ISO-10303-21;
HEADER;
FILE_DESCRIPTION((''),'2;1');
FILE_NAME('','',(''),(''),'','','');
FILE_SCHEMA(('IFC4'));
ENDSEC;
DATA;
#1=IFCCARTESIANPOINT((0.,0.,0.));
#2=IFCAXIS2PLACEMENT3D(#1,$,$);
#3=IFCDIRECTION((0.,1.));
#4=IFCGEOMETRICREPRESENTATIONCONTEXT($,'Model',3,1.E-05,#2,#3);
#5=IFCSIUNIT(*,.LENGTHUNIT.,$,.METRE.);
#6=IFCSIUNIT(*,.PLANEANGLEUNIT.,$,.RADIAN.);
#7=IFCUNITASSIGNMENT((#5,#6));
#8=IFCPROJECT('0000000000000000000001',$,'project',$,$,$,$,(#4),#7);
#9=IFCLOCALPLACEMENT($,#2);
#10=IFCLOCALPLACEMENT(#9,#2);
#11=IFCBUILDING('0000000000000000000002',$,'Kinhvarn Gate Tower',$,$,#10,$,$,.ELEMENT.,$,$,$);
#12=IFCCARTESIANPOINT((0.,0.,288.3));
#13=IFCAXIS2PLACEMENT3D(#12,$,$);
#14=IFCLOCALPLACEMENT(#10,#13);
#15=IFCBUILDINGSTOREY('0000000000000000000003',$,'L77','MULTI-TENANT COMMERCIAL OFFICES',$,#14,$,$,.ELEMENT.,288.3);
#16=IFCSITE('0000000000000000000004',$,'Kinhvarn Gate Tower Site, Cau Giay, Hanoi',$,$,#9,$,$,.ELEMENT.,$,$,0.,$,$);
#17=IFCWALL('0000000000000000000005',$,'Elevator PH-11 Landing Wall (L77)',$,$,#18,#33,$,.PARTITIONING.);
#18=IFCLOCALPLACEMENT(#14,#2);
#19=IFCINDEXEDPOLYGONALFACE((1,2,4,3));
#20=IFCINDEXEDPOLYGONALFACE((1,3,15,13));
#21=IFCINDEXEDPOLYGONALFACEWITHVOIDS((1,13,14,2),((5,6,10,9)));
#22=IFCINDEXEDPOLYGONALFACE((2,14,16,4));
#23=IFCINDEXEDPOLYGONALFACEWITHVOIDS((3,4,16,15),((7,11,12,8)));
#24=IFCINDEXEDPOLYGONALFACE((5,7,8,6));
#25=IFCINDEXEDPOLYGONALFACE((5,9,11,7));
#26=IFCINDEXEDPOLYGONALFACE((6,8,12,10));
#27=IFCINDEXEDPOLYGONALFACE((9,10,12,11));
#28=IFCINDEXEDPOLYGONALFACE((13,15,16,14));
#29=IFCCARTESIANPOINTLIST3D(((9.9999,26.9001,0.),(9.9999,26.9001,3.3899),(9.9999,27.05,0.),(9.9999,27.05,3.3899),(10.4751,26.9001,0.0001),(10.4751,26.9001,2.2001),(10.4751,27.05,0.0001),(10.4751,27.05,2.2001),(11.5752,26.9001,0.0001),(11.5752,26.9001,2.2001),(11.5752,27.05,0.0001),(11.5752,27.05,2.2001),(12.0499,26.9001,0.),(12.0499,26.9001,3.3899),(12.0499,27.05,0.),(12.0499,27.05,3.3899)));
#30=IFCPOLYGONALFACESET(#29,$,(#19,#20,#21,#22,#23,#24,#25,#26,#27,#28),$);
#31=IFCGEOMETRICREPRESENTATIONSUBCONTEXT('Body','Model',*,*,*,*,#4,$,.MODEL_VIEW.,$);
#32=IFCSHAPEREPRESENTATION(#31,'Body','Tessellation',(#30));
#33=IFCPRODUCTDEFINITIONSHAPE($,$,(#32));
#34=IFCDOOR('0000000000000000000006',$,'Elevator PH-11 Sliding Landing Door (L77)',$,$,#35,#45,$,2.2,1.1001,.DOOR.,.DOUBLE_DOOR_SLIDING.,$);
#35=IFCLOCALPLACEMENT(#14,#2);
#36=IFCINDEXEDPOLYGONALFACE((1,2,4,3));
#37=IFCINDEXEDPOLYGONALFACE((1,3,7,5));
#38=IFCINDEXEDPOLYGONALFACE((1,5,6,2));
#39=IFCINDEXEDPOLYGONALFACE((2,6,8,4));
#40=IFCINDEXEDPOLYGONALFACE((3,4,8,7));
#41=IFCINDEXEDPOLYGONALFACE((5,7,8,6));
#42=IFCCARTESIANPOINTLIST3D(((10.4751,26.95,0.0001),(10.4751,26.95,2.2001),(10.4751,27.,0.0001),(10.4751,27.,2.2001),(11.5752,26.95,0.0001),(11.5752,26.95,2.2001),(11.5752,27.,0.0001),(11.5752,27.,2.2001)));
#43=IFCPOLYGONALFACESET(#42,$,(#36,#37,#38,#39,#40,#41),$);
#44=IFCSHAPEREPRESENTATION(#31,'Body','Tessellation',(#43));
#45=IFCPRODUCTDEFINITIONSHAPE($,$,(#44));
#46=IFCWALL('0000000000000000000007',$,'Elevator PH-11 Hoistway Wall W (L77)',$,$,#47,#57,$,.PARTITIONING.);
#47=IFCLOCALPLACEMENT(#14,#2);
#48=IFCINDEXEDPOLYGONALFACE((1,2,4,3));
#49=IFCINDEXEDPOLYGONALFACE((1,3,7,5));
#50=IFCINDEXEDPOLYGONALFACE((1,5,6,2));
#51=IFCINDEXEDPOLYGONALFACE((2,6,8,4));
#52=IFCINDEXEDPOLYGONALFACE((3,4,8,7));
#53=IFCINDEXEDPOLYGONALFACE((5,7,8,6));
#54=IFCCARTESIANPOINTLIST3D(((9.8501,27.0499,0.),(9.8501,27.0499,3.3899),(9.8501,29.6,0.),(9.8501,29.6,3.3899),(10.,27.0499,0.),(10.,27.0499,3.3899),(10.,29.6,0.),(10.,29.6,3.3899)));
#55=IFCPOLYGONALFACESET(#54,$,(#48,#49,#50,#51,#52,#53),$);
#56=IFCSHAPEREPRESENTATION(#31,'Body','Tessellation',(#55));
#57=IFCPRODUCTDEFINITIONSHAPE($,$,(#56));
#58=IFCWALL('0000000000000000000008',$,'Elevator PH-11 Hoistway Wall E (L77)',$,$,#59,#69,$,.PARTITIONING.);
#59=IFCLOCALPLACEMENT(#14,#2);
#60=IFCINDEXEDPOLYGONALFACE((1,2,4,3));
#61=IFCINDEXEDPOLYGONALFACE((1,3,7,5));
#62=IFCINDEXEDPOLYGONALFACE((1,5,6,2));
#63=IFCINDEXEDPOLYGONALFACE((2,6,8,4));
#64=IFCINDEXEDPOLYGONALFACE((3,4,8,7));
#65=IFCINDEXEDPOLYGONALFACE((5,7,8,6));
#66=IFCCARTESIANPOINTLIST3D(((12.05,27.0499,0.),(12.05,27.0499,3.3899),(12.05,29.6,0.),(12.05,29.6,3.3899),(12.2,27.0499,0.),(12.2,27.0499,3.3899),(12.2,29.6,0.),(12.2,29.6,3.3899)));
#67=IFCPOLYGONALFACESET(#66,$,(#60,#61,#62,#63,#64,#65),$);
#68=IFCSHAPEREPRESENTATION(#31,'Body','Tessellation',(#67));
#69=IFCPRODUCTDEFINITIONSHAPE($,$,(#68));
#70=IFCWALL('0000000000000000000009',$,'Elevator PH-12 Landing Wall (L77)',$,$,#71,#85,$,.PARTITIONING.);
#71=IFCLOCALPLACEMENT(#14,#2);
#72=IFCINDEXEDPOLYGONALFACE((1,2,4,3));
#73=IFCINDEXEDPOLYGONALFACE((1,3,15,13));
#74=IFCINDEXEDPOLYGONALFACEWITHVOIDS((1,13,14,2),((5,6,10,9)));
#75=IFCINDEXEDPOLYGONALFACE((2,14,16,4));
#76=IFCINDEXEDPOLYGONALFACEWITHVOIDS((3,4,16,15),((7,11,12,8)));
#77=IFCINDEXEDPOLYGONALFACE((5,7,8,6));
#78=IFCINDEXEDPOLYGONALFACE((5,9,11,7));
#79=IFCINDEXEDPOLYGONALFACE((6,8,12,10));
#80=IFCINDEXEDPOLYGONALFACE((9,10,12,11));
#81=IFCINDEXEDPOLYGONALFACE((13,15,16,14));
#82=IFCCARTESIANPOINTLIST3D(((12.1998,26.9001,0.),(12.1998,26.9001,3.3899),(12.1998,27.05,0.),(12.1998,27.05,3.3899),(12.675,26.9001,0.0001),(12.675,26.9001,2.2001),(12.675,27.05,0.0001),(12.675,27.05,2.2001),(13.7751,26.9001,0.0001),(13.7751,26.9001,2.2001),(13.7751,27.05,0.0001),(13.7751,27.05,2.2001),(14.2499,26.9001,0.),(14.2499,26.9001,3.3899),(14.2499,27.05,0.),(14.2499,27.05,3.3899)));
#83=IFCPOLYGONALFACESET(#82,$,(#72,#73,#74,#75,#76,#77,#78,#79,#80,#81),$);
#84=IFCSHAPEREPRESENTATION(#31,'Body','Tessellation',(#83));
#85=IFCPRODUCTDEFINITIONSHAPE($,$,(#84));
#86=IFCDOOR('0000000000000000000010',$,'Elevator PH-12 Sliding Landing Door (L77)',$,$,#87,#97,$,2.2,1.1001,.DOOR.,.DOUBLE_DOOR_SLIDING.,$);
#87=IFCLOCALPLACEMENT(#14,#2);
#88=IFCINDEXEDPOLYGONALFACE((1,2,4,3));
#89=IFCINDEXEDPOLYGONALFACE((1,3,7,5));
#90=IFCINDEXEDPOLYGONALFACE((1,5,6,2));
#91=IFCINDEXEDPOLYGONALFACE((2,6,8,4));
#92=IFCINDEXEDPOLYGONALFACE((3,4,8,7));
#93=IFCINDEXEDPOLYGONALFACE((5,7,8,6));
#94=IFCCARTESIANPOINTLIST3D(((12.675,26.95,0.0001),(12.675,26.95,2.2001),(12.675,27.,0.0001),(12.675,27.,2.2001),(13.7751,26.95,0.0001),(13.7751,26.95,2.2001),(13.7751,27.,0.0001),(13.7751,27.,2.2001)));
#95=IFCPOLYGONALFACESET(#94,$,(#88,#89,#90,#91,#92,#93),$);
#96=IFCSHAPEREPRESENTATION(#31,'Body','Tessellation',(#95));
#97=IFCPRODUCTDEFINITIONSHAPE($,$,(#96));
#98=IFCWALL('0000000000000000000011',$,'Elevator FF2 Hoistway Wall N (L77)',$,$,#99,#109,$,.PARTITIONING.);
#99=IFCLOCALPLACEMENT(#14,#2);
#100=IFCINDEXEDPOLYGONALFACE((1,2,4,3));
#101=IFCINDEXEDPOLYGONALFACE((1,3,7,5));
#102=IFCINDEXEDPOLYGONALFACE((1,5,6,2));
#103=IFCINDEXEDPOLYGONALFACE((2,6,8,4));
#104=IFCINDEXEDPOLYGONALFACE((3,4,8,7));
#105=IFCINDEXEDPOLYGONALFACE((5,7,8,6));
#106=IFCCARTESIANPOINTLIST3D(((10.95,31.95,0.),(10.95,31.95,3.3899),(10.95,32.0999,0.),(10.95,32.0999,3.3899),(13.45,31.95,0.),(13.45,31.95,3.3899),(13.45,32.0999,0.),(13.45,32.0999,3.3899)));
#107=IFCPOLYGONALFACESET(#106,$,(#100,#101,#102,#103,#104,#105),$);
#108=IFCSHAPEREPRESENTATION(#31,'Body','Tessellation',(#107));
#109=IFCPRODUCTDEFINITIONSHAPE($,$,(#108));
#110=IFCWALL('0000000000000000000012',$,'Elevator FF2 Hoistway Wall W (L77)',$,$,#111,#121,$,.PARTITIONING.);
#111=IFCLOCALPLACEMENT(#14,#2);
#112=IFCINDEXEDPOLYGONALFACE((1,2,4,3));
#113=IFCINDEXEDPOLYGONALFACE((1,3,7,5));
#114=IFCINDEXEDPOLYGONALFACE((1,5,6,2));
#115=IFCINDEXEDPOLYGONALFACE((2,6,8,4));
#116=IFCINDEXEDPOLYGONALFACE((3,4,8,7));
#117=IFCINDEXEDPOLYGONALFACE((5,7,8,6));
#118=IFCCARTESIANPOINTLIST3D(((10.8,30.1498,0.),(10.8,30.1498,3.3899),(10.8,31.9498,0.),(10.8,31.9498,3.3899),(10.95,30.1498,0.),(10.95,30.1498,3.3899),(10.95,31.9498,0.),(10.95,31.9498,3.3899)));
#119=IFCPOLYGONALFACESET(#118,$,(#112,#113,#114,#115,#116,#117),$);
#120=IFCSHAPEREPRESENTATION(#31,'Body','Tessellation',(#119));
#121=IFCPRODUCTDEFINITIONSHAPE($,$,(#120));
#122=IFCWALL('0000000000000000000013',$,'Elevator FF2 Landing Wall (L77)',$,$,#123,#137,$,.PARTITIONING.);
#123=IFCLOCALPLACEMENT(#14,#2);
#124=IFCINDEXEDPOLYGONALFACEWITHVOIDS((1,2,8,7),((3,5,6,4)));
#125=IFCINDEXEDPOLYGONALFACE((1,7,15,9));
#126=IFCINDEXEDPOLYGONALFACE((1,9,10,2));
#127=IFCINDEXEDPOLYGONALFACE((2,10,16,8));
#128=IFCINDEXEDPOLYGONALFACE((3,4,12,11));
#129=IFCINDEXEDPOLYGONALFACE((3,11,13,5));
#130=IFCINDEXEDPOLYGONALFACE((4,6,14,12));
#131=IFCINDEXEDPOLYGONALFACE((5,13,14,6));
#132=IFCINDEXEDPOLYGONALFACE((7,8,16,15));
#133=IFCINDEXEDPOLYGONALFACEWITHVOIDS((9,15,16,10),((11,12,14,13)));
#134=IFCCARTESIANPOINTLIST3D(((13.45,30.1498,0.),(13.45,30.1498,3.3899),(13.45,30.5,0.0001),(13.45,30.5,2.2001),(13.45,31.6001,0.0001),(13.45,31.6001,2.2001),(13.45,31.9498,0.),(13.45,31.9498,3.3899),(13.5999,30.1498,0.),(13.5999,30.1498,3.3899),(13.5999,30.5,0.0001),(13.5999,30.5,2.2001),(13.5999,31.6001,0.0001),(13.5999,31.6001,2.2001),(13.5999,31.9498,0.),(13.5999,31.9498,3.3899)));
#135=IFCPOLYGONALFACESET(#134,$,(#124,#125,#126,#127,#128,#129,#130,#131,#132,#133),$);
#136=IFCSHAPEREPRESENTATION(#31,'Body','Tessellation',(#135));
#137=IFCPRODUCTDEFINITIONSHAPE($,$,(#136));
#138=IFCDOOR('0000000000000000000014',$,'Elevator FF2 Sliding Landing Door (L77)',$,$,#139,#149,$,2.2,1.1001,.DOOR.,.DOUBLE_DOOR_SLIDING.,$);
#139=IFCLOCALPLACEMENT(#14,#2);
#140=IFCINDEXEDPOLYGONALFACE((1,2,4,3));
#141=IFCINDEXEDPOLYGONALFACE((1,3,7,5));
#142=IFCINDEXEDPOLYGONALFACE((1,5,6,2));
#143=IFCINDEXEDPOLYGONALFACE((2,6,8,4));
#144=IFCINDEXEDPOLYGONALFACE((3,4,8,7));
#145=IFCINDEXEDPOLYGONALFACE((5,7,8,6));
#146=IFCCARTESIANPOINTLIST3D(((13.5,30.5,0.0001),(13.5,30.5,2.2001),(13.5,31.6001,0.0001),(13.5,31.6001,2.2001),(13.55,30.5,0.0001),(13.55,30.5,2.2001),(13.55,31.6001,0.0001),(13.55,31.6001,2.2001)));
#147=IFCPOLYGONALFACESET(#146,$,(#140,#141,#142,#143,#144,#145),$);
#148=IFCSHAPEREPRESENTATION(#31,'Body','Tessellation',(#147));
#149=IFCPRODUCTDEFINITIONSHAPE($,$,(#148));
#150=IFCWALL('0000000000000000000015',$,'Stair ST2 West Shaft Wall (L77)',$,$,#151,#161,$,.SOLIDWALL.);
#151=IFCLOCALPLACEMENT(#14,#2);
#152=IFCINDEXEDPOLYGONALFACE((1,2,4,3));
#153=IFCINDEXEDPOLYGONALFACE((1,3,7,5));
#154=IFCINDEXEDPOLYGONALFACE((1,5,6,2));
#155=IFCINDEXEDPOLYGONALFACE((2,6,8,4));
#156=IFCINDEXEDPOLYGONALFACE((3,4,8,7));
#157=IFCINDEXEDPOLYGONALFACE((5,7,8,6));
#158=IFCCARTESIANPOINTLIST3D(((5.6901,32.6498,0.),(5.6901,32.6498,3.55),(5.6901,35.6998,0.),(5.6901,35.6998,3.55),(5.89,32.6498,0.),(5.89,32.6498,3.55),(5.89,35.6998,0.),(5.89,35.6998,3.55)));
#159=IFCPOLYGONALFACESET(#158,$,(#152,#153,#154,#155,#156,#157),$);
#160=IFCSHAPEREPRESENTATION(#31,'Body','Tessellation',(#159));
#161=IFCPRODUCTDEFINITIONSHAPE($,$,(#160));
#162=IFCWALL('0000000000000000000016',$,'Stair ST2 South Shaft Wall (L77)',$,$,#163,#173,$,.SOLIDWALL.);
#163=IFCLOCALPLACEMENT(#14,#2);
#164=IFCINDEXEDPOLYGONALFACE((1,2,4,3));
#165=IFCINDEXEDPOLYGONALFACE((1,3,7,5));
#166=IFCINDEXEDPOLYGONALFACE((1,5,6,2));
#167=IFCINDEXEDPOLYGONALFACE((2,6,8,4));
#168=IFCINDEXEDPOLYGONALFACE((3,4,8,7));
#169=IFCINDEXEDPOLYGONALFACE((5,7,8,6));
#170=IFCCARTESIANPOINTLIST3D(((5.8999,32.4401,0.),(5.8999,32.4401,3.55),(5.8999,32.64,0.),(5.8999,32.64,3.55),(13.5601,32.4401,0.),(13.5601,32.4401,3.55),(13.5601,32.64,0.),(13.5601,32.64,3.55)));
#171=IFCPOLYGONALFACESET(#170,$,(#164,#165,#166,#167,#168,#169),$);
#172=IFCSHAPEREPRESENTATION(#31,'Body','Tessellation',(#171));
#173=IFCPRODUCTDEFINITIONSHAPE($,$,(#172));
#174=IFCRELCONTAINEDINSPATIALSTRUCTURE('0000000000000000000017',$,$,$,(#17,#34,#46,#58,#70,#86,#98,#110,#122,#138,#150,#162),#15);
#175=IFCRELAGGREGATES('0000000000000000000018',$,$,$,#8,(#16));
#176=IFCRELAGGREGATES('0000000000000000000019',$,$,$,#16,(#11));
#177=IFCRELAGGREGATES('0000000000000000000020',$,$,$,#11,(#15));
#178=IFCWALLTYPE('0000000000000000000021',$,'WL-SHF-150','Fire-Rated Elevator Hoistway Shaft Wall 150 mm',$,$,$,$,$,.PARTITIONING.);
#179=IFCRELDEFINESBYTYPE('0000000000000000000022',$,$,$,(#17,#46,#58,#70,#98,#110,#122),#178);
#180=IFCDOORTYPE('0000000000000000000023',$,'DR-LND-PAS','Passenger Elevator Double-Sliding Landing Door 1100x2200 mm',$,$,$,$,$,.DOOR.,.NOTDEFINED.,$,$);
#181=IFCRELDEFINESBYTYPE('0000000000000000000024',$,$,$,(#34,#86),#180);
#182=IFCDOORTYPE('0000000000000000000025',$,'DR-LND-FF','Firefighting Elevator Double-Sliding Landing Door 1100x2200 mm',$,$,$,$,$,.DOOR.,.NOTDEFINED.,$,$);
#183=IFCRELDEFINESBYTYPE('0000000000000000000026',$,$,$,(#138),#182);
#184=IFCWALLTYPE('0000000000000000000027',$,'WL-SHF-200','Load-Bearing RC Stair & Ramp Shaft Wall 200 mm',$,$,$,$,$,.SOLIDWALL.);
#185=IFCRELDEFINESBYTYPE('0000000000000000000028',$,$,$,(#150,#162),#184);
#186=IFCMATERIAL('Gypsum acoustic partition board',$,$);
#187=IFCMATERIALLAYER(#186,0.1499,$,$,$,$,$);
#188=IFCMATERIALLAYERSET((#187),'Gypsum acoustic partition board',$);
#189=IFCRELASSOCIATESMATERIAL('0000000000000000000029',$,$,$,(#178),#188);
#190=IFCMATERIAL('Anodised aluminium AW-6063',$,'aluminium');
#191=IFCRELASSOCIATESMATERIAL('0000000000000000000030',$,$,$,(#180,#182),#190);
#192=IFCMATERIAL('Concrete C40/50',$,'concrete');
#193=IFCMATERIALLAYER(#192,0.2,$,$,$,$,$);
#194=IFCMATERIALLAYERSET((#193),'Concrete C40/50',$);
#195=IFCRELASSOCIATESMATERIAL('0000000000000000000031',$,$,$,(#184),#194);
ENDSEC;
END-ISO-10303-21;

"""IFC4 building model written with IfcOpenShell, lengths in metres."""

from ifc_helpers import new_model, si_unit, direction, frame, frame_2d, origin, place, context, subcontext, project, spatial, rectangle, extrude, material, layer, layer_set, type_object, element, fill, save


model = new_model("IFC4")

# Units and contexts
model_context = context("Model", 3, precision=1e-05, world=origin(), true_north=direction((0.0, 1.0)))
body_context = subcontext(model_context, "Body", "Model", "MODEL_VIEW")
ifc_project = project(units=[si_unit("LENGTHUNIT", "METRE"), si_unit("PLANEANGLEUNIT", "RADIAN")], contexts=[model_context])

# Site, building, storey
site_placement = place(None, origin())
site = spatial("IfcSite", under=ifc_project, at=site_placement, Name="Kinhvarn Gate Tower Site, Cau Giay, Hanoi", CompositionType="ELEMENT", RefElevation=0.0)
building_placement = place(site_placement, origin())
building = spatial("IfcBuilding", under=site, at=building_placement, Name="Kinhvarn Gate Tower", CompositionType="ELEMENT")
storey_placement = place(building_placement, frame((0.0, 0.0, 288.3)))
storey = spatial("IfcBuildingStorey", under=building, at=storey_placement, Name="L77", Description="MULTI-TENANT COMMERCIAL OFFICES", CompositionType="ELEMENT", Elevation=288.3)

# Shared definitions
ifc_material_1 = material(Name="Gypsum acoustic partition board")

# Shared definitions
ifc_material_2 = material(Name="Anodised aluminium AW-6063", Category="aluminium")

# Wall, opening, door
ifc_layer_1 = layer(ifc_material_1, 0.1499)
ifc_layer_set_1 = layer_set([ifc_layer_1], Name="Gypsum acoustic partition board")
wall_type_1 = type_object("IfcWallType", Name="WL-SHF-150", Description="Fire-Rated Elevator Hoistway Shaft Wall 150 mm", PredefinedType="PARTITIONING", material=ifc_layer_set_1)
door_type_1 = type_object("IfcDoorType", Name="DR-LND-PAS", Description="Passenger Elevator Double-Sliding Landing Door 1100x2200 mm", OperationType="NOTDEFINED", PredefinedType="DOOR", material=ifc_material_2)
wall_1_placement = place(storey_placement, frame((10.0, 26.9751, 0.0), z_axis=(0.0, 0.0, 1.0), x_axis=(1.0, 0.0, 0.0)))
wall_1 = element("IfcWall", 1, at=wall_1_placement, inside=storey, type_object=wall_type_1, Name="Elevator PH-11 Landing Wall (L77)", PredefinedType="PARTITIONING", context=body_context, shape_type="SweptSolid", body=[
    extrude(rectangle(XDim=2.05, YDim=0.1499, at=frame_2d((1.0249, 0.0))), origin(), (0.0, 0.0, 1.0), 3.3899),
])
opening_1_placement = place(wall_1_placement, frame((0.4751, 0.0, 0.0)))
opening_1 = element("IfcOpeningElement", 2, at=opening_1_placement, cuts=wall_1, PredefinedType="OPENING", context=body_context, shape_type="SweptSolid", body=[
    extrude(rectangle(XDim=1.1001, YDim=2.2, at=frame_2d((0.55, 1.1001))), frame((0.0, 0.085, 0.0), z_axis=(0.0, -1.0, 0.0), x_axis=(1.0, 0.0, 0.0)), (0.0, 0.0, 1.0), 0.1699),
])
door_1_placement = place(opening_1_placement, origin())
door_1 = element("IfcDoor", 3, at=door_1_placement, inside=storey, type_object=door_type_1, Name="Elevator PH-11 Sliding Landing Door (L77)", OperationType="DOUBLE_DOOR_SLIDING", OverallHeight=2.2, OverallWidth=1.1001, PredefinedType="DOOR", context=body_context, shape_type="SweptSolid", body=[
    extrude(rectangle(XDim=1.1001, YDim=2.2, at=frame_2d((0.55, 1.1001))), frame((0.0, 0.0249, 0.0), z_axis=(0.0, -1.0, 0.0), x_axis=(1.0, 0.0, 0.0)), (0.0, 0.0, 1.0), 0.05),
])
fill(opening_1, door_1)

# Walls
for number, where, z_axis, x_axis, name in (
    (4, (9.925, 27.05, 0.0), (0.0, 0.0, 1.0), (0.0, 1.0, 0.0), "Elevator PH-11 Hoistway Wall W (L77)"),
    (5, (12.125, 27.05, 0.0), (0.0, 0.0, 1.0), (0.0, 1.0, 0.0), "Elevator PH-11 Hoistway Wall E (L77)"),
):
    element("IfcWall", number, at=place(storey_placement, frame(where, z_axis=z_axis, x_axis=x_axis)), inside=storey, type_object=wall_type_1, Name=name, PredefinedType="PARTITIONING", context=body_context, shape_type="SweptSolid", body=[
        extrude(rectangle(XDim=2.55, YDim=0.1499, at=frame_2d((1.2749, 0.0))), origin(), (0.0, 0.0, 1.0), 3.3899),
    ])

# Wall, opening, door
wall_2_placement = place(storey_placement, frame((12.2, 26.9751, 0.0), z_axis=(0.0, 0.0, 1.0), x_axis=(1.0, 0.0, 0.0)))
wall_2 = element("IfcWall", 6, at=wall_2_placement, inside=storey, type_object=wall_type_1, Name="Elevator PH-12 Landing Wall (L77)", PredefinedType="PARTITIONING", context=body_context, shape_type="SweptSolid", body=[
    extrude(rectangle(XDim=2.05, YDim=0.1499, at=frame_2d((1.0249, 0.0))), origin(), (0.0, 0.0, 1.0), 3.3899),
])
opening_2_placement = place(wall_2_placement, frame((0.4751, 0.0, 0.0)))
opening_2 = element("IfcOpeningElement", 7, at=opening_2_placement, cuts=wall_2, PredefinedType="OPENING", context=body_context, shape_type="SweptSolid", body=[
    extrude(rectangle(XDim=1.1001, YDim=2.2, at=frame_2d((0.55, 1.1001))), frame((0.0, 0.085, 0.0), z_axis=(0.0, -1.0, 0.0), x_axis=(1.0, 0.0, 0.0)), (0.0, 0.0, 1.0), 0.1699),
])
door_2_placement = place(opening_2_placement, origin())
door_2 = element("IfcDoor", 8, at=door_2_placement, inside=storey, type_object=door_type_1, Name="Elevator PH-12 Sliding Landing Door (L77)", OperationType="DOUBLE_DOOR_SLIDING", OverallHeight=2.2, OverallWidth=1.1001, PredefinedType="DOOR", context=body_context, shape_type="SweptSolid", body=[
    extrude(rectangle(XDim=1.1001, YDim=2.2, at=frame_2d((0.55, 1.1001))), frame((0.0, 0.0249, 0.0), z_axis=(0.0, -1.0, 0.0), x_axis=(1.0, 0.0, 0.0)), (0.0, 0.0, 1.0), 0.05),
])
fill(opening_2, door_2)

# Walls
wall_3_placement = place(storey_placement, frame((10.95, 32.0249, 0.0), z_axis=(0.0, 0.0, 1.0), x_axis=(1.0, 0.0, 0.0)))
element("IfcWall", 9, at=wall_3_placement, inside=storey, type_object=wall_type_1, Name="Elevator FF2 Hoistway Wall N (L77)", PredefinedType="PARTITIONING", context=body_context, shape_type="SweptSolid", body=[
    extrude(rectangle(XDim=2.5, YDim=0.1499, at=frame_2d((1.25, 0.0))), origin(), (0.0, 0.0, 1.0), 3.3899),
])
wall_4_placement = place(storey_placement, frame((10.875, 30.1499, 0.0), z_axis=(0.0, 0.0, 1.0), x_axis=(0.0, 1.0, 0.0)))
element("IfcWall", 10, at=wall_4_placement, inside=storey, type_object=wall_type_1, Name="Elevator FF2 Hoistway Wall W (L77)", PredefinedType="PARTITIONING", context=body_context, shape_type="SweptSolid", body=[
    extrude(rectangle(XDim=1.8, YDim=0.1499, at=frame_2d((0.8999, 0.0))), origin(), (0.0, 0.0, 1.0), 3.3899),
])

# Wall, opening, door
wall_5_placement = place(storey_placement, frame((13.5249, 30.1499, 0.0), z_axis=(0.0, 0.0, 1.0), x_axis=(0.0, 1.0, 0.0)))
wall_5 = element("IfcWall", 11, at=wall_5_placement, inside=storey, type_object=wall_type_1, Name="Elevator FF2 Landing Wall (L77)", PredefinedType="PARTITIONING", context=body_context, shape_type="SweptSolid", body=[
    extrude(rectangle(XDim=1.8, YDim=0.1499, at=frame_2d((0.8999, 0.0))), origin(), (0.0, 0.0, 1.0), 3.3899),
])
opening_3_placement = place(wall_5_placement, frame((0.3501, 0.0, 0.0)))
opening_3 = element("IfcOpeningElement", 12, at=opening_3_placement, cuts=wall_5, PredefinedType="OPENING", context=body_context, shape_type="SweptSolid", body=[
    extrude(rectangle(XDim=1.1001, YDim=2.2, at=frame_2d((0.55, 1.1001))), frame((0.0, 0.085, 0.0), z_axis=(0.0, -1.0, 0.0), x_axis=(1.0, 0.0, 0.0)), (0.0, 0.0, 1.0), 0.1699),
])
door_type_2 = type_object("IfcDoorType", Name="DR-LND-FF", Description="Firefighting Elevator Double-Sliding Landing Door 1100x2200 mm", OperationType="NOTDEFINED", PredefinedType="DOOR", material=ifc_material_2)
door_3_placement = place(opening_3_placement, origin())
door_3 = element("IfcDoor", 13, at=door_3_placement, inside=storey, type_object=door_type_2, Name="Elevator FF2 Sliding Landing Door (L77)", OperationType="DOUBLE_DOOR_SLIDING", OverallHeight=2.2, OverallWidth=1.1001, PredefinedType="DOOR", context=body_context, shape_type="SweptSolid", body=[
    extrude(rectangle(XDim=1.1001, YDim=2.2, at=frame_2d((0.55, 1.1001))), frame((0.0, 0.0249, 0.0), z_axis=(0.0, -1.0, 0.0), x_axis=(1.0, 0.0, 0.0)), (0.0, 0.0, 1.0), 0.05),
])
fill(opening_3, door_3)

# Walls
ifc_material_3 = material(Name="Concrete C40/50", Category="concrete")
ifc_layer_2 = layer(ifc_material_3, 0.2)
ifc_layer_set_2 = layer_set([ifc_layer_2], Name="Concrete C40/50")
wall_type_2 = type_object("IfcWallType", Name="WL-SHF-200", Description="Load-Bearing RC Stair & Ramp Shaft Wall 200 mm", PredefinedType="SOLIDWALL", material=ifc_layer_set_2)
wall_6_placement = place(storey_placement, frame((5.79, 32.6499, 0.0), z_axis=(0.0, 0.0, 1.0), x_axis=(0.0, 1.0, 0.0)))
element("IfcWall", 14, at=wall_6_placement, inside=storey, type_object=wall_type_2, Name="Stair ST2 West Shaft Wall (L77)", PredefinedType="SOLIDWALL", context=body_context, shape_type="SweptSolid", body=[
    extrude(rectangle(XDim=3.05, YDim=0.2, at=frame_2d((1.5249, 0.0))), origin(), (0.0, 0.0, 1.0), 3.55),
])
wall_7_placement = place(storey_placement, frame((5.8999, 32.54, 0.0), z_axis=(0.0, 0.0, 1.0), x_axis=(1.0, 0.0, 0.0)))
element("IfcWall", 15, at=wall_7_placement, inside=storey, type_object=wall_type_2, Name="Stair ST2 South Shaft Wall (L77)", PredefinedType="SOLIDWALL", context=body_context, shape_type="SweptSolid", body=[
    extrude(rectangle(XDim=7.6602, YDim=0.2, at=frame_2d((3.8301, 0.0))), origin(), (0.0, 0.0, 1.0), 3.55),
])

save(model, "model.ifc")
